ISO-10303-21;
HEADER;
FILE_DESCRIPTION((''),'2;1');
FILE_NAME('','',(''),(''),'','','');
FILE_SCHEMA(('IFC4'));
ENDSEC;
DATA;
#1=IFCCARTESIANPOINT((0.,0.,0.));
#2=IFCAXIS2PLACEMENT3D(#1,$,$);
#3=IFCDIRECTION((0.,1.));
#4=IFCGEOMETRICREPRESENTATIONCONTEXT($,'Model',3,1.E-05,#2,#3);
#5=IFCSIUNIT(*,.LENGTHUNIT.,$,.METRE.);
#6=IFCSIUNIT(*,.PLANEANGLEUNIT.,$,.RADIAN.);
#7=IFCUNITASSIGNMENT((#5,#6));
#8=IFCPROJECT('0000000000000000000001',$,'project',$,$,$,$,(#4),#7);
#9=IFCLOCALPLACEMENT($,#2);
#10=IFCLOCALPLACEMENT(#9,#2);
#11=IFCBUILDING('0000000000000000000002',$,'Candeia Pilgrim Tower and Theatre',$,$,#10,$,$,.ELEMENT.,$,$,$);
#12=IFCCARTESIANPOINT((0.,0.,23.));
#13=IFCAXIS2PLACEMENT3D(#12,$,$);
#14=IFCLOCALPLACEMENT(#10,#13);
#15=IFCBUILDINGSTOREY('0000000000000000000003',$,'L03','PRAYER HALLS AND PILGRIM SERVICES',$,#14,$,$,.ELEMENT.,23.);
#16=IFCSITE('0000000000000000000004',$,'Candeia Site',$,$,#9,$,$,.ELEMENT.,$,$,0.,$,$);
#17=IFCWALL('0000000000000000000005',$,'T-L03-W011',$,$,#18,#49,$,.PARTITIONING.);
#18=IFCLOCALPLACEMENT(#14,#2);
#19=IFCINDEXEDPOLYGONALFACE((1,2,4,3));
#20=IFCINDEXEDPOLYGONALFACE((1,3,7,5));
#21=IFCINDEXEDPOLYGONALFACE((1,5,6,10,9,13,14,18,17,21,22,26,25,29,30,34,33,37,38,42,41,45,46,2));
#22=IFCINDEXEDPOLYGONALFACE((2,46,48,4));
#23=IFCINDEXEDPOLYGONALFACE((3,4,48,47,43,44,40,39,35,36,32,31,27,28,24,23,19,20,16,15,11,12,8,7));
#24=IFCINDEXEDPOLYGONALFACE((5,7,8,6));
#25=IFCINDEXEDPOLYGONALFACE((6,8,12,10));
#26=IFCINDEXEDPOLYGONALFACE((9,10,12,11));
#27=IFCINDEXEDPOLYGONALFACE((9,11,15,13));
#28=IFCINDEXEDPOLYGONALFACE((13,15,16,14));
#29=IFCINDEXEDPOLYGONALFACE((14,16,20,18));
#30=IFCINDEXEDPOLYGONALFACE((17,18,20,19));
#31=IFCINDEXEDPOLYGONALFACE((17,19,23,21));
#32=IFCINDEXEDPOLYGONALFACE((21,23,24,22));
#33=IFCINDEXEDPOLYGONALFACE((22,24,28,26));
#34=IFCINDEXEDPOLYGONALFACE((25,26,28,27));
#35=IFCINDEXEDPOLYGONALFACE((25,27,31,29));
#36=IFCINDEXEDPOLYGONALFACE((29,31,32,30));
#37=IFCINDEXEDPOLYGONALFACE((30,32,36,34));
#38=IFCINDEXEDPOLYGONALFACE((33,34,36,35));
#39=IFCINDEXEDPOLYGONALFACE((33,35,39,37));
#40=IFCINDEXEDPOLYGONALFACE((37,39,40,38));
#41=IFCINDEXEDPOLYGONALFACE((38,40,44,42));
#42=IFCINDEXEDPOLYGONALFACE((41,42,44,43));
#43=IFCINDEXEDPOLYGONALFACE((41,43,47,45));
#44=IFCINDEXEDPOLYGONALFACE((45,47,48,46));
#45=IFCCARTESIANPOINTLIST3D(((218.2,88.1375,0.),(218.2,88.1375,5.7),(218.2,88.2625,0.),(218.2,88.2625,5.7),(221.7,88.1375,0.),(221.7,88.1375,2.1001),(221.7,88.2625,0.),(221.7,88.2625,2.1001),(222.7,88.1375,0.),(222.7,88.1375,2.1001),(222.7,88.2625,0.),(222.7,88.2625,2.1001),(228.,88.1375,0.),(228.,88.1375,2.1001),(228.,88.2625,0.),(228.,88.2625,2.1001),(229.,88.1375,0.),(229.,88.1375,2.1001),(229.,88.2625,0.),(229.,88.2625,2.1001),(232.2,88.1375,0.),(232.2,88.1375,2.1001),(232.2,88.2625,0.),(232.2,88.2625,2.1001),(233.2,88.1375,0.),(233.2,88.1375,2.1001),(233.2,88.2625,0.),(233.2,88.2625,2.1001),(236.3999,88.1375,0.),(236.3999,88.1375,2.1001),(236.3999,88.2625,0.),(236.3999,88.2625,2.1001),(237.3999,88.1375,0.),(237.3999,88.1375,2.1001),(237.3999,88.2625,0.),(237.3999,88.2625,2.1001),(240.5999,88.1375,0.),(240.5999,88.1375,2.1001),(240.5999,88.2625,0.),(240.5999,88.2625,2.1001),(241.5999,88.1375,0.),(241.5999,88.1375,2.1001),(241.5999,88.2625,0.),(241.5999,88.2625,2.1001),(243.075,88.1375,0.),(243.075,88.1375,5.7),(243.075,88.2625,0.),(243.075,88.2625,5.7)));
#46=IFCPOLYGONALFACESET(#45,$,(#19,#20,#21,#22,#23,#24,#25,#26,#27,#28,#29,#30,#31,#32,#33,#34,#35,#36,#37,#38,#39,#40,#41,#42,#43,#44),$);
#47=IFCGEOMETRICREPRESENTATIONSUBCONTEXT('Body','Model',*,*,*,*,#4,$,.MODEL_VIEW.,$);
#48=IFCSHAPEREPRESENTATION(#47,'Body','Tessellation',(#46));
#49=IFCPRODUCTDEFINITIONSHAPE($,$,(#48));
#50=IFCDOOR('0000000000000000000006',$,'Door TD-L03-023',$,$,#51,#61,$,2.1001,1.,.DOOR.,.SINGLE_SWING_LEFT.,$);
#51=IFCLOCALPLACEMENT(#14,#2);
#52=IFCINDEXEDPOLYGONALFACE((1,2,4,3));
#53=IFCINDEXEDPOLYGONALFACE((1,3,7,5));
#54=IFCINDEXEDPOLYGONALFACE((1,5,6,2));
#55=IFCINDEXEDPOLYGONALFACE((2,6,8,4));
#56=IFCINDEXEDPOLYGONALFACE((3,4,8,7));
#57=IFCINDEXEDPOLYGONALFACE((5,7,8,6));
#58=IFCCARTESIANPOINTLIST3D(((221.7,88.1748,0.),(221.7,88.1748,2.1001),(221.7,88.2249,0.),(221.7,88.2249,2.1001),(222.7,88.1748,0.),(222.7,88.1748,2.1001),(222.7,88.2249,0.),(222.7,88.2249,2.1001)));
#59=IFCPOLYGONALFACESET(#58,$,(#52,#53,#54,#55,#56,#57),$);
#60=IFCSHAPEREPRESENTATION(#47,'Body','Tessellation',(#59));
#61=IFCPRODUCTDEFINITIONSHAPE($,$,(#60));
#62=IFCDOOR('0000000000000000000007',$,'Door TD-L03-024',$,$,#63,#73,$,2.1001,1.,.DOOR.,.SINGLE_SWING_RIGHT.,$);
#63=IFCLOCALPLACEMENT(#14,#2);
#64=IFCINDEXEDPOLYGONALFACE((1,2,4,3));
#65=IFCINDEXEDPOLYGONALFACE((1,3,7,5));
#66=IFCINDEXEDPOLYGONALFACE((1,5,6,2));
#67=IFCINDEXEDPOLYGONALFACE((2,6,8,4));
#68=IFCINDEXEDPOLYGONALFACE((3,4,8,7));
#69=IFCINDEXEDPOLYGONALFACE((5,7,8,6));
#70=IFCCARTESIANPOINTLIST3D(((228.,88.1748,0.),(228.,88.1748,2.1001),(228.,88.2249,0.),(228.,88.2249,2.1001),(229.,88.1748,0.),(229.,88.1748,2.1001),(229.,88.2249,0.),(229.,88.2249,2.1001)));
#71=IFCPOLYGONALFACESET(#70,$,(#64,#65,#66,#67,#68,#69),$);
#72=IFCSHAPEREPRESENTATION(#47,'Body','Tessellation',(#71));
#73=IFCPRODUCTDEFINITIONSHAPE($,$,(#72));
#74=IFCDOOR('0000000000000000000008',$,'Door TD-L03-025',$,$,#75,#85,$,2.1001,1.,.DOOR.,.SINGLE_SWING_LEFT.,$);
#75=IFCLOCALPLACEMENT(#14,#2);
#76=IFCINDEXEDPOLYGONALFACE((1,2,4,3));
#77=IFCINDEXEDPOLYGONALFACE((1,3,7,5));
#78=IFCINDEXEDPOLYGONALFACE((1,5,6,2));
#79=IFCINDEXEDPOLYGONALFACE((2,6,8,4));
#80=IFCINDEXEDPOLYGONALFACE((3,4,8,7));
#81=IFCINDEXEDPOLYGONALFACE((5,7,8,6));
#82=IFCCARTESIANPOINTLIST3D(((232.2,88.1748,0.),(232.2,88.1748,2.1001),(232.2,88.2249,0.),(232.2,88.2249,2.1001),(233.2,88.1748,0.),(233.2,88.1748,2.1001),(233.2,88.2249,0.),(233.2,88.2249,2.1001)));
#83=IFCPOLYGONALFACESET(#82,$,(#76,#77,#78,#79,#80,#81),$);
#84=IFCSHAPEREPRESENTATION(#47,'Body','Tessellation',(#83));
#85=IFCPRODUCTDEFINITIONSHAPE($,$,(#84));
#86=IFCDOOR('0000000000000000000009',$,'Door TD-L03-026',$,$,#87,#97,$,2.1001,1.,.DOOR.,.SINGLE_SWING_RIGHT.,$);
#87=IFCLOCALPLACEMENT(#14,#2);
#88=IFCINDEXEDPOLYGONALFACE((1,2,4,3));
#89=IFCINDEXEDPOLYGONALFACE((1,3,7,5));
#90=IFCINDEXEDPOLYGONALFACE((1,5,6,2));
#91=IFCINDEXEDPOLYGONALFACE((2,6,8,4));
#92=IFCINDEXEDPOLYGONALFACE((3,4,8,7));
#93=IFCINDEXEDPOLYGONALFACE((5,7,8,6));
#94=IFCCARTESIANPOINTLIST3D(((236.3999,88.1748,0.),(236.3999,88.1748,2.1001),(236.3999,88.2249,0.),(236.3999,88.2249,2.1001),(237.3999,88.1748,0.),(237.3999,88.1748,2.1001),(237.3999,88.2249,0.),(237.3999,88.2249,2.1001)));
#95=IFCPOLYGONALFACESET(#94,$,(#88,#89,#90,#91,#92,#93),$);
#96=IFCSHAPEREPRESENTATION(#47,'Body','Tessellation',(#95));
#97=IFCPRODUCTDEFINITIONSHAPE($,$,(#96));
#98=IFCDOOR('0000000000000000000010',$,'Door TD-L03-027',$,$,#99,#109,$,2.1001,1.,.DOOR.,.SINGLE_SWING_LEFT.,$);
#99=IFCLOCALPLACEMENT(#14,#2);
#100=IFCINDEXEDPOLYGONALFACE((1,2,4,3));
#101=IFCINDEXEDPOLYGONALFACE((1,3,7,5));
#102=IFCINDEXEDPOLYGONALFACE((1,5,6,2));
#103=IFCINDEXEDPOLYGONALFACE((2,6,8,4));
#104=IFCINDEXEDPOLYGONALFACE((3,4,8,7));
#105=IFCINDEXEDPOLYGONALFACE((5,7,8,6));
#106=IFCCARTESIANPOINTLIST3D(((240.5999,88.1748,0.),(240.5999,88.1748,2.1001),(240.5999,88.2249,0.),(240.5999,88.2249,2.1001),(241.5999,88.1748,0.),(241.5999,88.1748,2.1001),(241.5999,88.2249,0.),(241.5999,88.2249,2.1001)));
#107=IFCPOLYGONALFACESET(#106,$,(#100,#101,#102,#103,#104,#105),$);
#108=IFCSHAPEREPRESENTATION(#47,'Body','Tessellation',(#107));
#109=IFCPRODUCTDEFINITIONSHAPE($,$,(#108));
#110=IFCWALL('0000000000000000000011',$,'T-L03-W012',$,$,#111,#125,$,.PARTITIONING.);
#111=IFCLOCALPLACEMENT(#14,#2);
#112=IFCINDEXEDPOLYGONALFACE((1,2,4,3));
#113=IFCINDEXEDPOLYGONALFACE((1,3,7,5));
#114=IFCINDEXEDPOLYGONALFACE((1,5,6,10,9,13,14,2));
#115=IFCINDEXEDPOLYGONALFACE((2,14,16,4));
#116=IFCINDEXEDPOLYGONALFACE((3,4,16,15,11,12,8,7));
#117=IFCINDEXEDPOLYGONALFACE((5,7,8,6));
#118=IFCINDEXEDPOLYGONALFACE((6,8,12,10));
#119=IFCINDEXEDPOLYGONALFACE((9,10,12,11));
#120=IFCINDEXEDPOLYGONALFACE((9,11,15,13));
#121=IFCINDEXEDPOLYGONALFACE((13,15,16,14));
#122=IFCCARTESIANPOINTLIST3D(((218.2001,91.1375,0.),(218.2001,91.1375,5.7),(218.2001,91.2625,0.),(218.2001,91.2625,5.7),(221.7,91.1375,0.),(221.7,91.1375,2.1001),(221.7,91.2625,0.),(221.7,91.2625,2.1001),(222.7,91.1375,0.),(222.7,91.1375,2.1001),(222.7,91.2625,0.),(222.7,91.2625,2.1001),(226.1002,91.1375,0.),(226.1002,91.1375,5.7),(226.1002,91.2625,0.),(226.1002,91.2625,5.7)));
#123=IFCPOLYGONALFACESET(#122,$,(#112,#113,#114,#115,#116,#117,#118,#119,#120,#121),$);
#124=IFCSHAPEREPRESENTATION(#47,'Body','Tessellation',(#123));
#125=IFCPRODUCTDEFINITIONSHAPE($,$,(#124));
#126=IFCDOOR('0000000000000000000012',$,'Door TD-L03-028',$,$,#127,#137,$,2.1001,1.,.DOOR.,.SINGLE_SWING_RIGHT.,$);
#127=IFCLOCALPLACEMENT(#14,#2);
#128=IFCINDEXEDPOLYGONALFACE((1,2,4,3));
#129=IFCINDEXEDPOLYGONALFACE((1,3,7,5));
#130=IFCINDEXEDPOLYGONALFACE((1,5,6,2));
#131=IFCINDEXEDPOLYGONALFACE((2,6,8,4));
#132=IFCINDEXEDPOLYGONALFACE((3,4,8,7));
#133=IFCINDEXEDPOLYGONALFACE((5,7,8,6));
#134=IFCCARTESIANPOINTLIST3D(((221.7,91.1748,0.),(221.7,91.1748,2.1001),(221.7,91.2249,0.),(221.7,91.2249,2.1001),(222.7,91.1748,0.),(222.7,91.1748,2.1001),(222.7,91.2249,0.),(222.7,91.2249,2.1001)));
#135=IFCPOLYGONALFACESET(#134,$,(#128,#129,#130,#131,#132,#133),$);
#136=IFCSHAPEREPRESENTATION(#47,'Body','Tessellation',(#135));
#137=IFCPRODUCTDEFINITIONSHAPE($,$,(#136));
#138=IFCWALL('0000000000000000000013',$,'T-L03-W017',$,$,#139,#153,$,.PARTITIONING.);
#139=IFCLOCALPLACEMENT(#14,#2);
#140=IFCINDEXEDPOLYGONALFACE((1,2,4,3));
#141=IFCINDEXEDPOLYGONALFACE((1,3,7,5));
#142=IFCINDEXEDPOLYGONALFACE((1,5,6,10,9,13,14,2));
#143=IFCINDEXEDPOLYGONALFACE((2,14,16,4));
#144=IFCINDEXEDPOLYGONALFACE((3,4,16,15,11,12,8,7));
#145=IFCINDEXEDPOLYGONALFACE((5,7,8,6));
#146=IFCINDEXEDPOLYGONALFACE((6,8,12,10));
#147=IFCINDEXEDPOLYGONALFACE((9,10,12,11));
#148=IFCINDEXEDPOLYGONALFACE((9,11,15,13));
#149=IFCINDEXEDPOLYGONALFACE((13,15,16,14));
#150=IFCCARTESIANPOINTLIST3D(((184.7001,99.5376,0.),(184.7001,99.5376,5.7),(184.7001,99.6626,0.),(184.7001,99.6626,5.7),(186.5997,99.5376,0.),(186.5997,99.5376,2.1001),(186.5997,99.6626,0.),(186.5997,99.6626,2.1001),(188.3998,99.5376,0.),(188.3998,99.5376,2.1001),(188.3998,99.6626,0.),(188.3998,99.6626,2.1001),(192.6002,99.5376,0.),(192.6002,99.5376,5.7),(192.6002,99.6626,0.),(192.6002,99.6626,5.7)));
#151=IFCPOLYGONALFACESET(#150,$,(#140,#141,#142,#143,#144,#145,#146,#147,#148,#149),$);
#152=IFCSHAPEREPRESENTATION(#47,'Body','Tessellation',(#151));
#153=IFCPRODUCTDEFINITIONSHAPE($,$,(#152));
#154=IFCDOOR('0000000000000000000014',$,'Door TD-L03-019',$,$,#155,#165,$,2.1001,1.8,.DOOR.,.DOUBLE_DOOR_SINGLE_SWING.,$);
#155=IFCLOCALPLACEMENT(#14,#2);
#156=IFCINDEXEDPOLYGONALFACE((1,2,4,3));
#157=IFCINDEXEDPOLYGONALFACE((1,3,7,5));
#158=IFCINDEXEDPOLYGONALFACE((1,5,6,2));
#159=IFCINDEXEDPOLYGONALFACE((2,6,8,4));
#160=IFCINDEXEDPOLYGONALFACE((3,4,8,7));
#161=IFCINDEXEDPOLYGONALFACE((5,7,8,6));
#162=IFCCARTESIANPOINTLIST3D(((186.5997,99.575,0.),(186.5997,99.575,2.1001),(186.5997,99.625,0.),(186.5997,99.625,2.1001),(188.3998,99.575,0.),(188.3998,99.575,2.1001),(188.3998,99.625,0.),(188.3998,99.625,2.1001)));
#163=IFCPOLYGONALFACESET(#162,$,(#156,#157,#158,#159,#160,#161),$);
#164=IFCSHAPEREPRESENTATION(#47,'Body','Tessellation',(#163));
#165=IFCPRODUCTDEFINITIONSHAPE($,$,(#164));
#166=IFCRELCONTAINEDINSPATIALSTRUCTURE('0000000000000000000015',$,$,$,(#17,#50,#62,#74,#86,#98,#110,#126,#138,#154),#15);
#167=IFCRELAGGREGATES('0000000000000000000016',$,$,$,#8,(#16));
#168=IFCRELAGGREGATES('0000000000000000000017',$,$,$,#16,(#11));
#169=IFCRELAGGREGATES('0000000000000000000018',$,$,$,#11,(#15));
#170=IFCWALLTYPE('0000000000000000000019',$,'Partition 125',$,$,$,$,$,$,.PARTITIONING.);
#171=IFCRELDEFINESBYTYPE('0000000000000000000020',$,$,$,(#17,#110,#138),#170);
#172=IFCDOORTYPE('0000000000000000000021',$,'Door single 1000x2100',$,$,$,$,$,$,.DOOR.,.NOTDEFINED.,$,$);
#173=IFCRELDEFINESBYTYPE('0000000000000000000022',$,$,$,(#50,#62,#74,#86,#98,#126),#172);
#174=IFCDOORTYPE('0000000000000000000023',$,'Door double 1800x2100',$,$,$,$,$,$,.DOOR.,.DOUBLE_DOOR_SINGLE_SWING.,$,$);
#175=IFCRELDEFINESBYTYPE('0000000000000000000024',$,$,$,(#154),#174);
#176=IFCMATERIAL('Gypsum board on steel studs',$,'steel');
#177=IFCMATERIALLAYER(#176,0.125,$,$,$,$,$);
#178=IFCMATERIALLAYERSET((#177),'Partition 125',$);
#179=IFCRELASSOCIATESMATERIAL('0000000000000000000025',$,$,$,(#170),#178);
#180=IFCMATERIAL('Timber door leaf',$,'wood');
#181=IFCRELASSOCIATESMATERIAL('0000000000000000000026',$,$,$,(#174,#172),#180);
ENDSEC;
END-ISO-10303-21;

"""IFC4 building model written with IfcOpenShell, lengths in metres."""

from ifc_helpers import new_model, si_unit, direction, frame, frame_2d, origin, place, context, subcontext, project, spatial, rectangle, extrude, material, layer, layer_set, type_object, element, fill, save


model = new_model("IFC4")

# Units and contexts
model_context = context("Model", 3, precision=1e-05, world=origin(), true_north=direction((0.0, 1.0)))
body_context = subcontext(model_context, "Body", "Model", "MODEL_VIEW")
ifc_project = project(units=[si_unit("LENGTHUNIT", "METRE"), si_unit("PLANEANGLEUNIT", "RADIAN")], contexts=[model_context])

# Site, building, storey
site_placement = place(None, origin())
site = spatial("IfcSite", under=ifc_project, at=site_placement, Name="Candeia Site", CompositionType="ELEMENT", RefElevation=0.0)
building_placement = place(site_placement, origin())
building = spatial("IfcBuilding", under=site, at=building_placement, Name="Candeia Pilgrim Tower and Theatre", CompositionType="ELEMENT")
storey_placement = place(building_placement, frame((0.0, 0.0, 23.0)))
storey = spatial("IfcBuildingStorey", under=building, at=storey_placement, Name="L03", Description="PRAYER HALLS AND PILGRIM SERVICES", CompositionType="ELEMENT", Elevation=23.0)

# Shared definitions
ifc_material_1 = material(Name="Gypsum board on steel studs", Category="steel")
ifc_layer_1 = layer(ifc_material_1, 0.125)
ifc_layer_set_1 = layer_set([ifc_layer_1], Name="Partition 125")
wall_type_1 = type_object("IfcWallType", Name="Partition 125", PredefinedType="PARTITIONING", material=ifc_layer_set_1)

# Shared definitions
ifc_material_2 = material(Name="Timber door leaf", Category="wood")
door_type_1 = type_object("IfcDoorType", Name="Door double 1800x2100", OperationType="DOUBLE_DOOR_SINGLE_SWING", PredefinedType="DOOR", material=ifc_material_2)
door_type_2 = type_object("IfcDoorType", Name="Door single 1000x2100", OperationType="NOTDEFINED", PredefinedType="DOOR", material=ifc_material_2)

# Wall, openings, doors
wall_1_placement = place(storey_placement, frame((218.2, 88.2, 0.0), z_axis=(0.0, 0.0, 1.0), x_axis=(1.0, 0.0, 0.0)))
wall_1 = element("IfcWall", 1, at=wall_1_placement, inside=storey, type_object=wall_type_1, Name="T-L03-W011", PredefinedType="PARTITIONING", context=body_context, shape_type="SweptSolid", body=[
    extrude(rectangle(XDim=24.875, YDim=0.125, at=frame_2d((12.4375, 0.0))), origin(), (0.0, 0.0, 1.0), 5.7),
])
opening_1_placement = place(wall_1_placement, frame((3.5, 0.0, 0.0)))
opening_1 = element("IfcOpeningElement", 2, at=opening_1_placement, cuts=wall_1, PredefinedType="OPENING", context=body_context, shape_type="SweptSolid", body=[
    extrude(rectangle(XDim=1.0, YDim=2.1001, at=frame_2d((0.5, 1.05))), frame((0.0, 0.0725, 0.0), z_axis=(0.0, -1.0, 0.0), x_axis=(1.0, 0.0, 0.0)), (0.0, 0.0, 1.0), 0.145),
])
opening_2_placement = place(wall_1_placement, frame((9.8, 0.0, 0.0)))
opening_2 = element("IfcOpeningElement", 3, at=opening_2_placement, cuts=wall_1, PredefinedType="OPENING", context=body_context, shape_type="SweptSolid", body=[
    extrude(rectangle(XDim=1.0, YDim=2.1001, at=frame_2d((0.5, 1.05))), frame((0.0, 0.0725, 0.0), z_axis=(0.0, -1.0, 0.0), x_axis=(1.0, 0.0, 0.0)), (0.0, 0.0, 1.0), 0.145),
])
opening_3_placement = place(wall_1_placement, frame((14.0, 0.0, 0.0)))
opening_3 = element("IfcOpeningElement", 4, at=opening_3_placement, cuts=wall_1, PredefinedType="OPENING", context=body_context, shape_type="SweptSolid", body=[
    extrude(rectangle(XDim=1.0, YDim=2.1001, at=frame_2d((0.5, 1.05))), frame((0.0, 0.0725, 0.0), z_axis=(0.0, -1.0, 0.0), x_axis=(1.0, 0.0, 0.0)), (0.0, 0.0, 1.0), 0.145),
])
opening_4_placement = place(wall_1_placement, frame((18.2, 0.0, 0.0)))
opening_4 = element("IfcOpeningElement", 5, at=opening_4_placement, cuts=wall_1, PredefinedType="OPENING", context=body_context, shape_type="SweptSolid", body=[
    extrude(rectangle(XDim=1.0, YDim=2.1001, at=frame_2d((0.5, 1.05))), frame((0.0, 0.0725, 0.0), z_axis=(0.0, -1.0, 0.0), x_axis=(1.0, 0.0, 0.0)), (0.0, 0.0, 1.0), 0.145),
])
opening_5_placement = place(wall_1_placement, frame((22.3999, 0.0, 0.0)))
opening_5 = element("IfcOpeningElement", 6, at=opening_5_placement, cuts=wall_1, PredefinedType="OPENING", context=body_context, shape_type="SweptSolid", body=[
    extrude(rectangle(XDim=1.0, YDim=2.1001, at=frame_2d((0.5, 1.05))), frame((0.0, 0.0725, 0.0), z_axis=(0.0, -1.0, 0.0), x_axis=(1.0, 0.0, 0.0)), (0.0, 0.0, 1.0), 0.145),
])
door_1_placement = place(opening_1_placement, origin())
door_1 = element("IfcDoor", 7, at=door_1_placement, inside=storey, type_object=door_type_2, Name="Door TD-L03-023", OperationType="SINGLE_SWING_LEFT", OverallHeight=2.1001, OverallWidth=1.0, PredefinedType="DOOR", context=body_context, shape_type="SweptSolid", body=[
    extrude(rectangle(XDim=1.0, YDim=2.1001, at=frame_2d((0.5, 1.05))), frame((0.0, 0.0249, 0.0), z_axis=(0.0, -1.0, 0.0), x_axis=(1.0, 0.0, 0.0)), (0.0, 0.0, 1.0), 0.05),
])
fill(opening_1, door_1)
door_2_placement = place(opening_2_placement, origin())
door_2 = element("IfcDoor", 8, at=door_2_placement, inside=storey, type_object=door_type_2, Name="Door TD-L03-024", OperationType="SINGLE_SWING_RIGHT", OverallHeight=2.1001, OverallWidth=1.0, PredefinedType="DOOR", context=body_context, shape_type="SweptSolid", body=[
    extrude(rectangle(XDim=1.0, YDim=2.1001, at=frame_2d((0.5, 1.05))), frame((0.0, 0.0249, 0.0), z_axis=(0.0, -1.0, 0.0), x_axis=(1.0, 0.0, 0.0)), (0.0, 0.0, 1.0), 0.05),
])
fill(opening_2, door_2)
door_3_placement = place(opening_3_placement, origin())
door_3 = element("IfcDoor", 9, at=door_3_placement, inside=storey, type_object=door_type_2, Name="Door TD-L03-025", OperationType="SINGLE_SWING_LEFT", OverallHeight=2.1001, OverallWidth=1.0, PredefinedType="DOOR", context=body_context, shape_type="SweptSolid", body=[
    extrude(rectangle(XDim=1.0, YDim=2.1001, at=frame_2d((0.5, 1.05))), frame((0.0, 0.0249, 0.0), z_axis=(0.0, -1.0, 0.0), x_axis=(1.0, 0.0, 0.0)), (0.0, 0.0, 1.0), 0.05),
])
fill(opening_3, door_3)
door_4_placement = place(opening_4_placement, origin())
door_4 = element("IfcDoor", 10, at=door_4_placement, inside=storey, type_object=door_type_2, Name="Door TD-L03-026", OperationType="SINGLE_SWING_RIGHT", OverallHeight=2.1001, OverallWidth=1.0, PredefinedType="DOOR", context=body_context, shape_type="SweptSolid", body=[
    extrude(rectangle(XDim=1.0, YDim=2.1001, at=frame_2d((0.5, 1.05))), frame((0.0, 0.0249, 0.0), z_axis=(0.0, -1.0, 0.0), x_axis=(1.0, 0.0, 0.0)), (0.0, 0.0, 1.0), 0.05),
])
fill(opening_4, door_4)
door_5_placement = place(opening_5_placement, origin())
door_5 = element("IfcDoor", 11, at=door_5_placement, inside=storey, type_object=door_type_2, Name="Door TD-L03-027", OperationType="SINGLE_SWING_LEFT", OverallHeight=2.1001, OverallWidth=1.0, PredefinedType="DOOR", context=body_context, shape_type="SweptSolid", body=[
    extrude(rectangle(XDim=1.0, YDim=2.1001, at=frame_2d((0.5, 1.05))), frame((0.0, 0.0249, 0.0), z_axis=(0.0, -1.0, 0.0), x_axis=(1.0, 0.0, 0.0)), (0.0, 0.0, 1.0), 0.05),
])
fill(opening_5, door_5)

# Walls, openings, doors
wall_2_placement = place(storey_placement, frame((218.2, 91.2, 0.0), z_axis=(0.0, 0.0, 1.0), x_axis=(1.0, 0.0, 0.0)))
wall_2 = element("IfcWall", 12, at=wall_2_placement, inside=storey, type_object=wall_type_1, Name="T-L03-W012", PredefinedType="PARTITIONING", context=body_context, shape_type="SweptSolid", body=[
    extrude(rectangle(XDim=7.9001, YDim=0.125, at=frame_2d((3.9502, 0.0))), origin(), (0.0, 0.0, 1.0), 5.7),
])
opening_6_placement = place(wall_2_placement, frame((3.5, 0.0, 0.0)))
opening_6 = element("IfcOpeningElement", 13, at=opening_6_placement, cuts=wall_2, PredefinedType="OPENING", context=body_context, shape_type="SweptSolid", body=[
    extrude(rectangle(XDim=1.0, YDim=2.1001, at=frame_2d((0.5, 1.05))), frame((0.0, 0.0725, 0.0), z_axis=(0.0, -1.0, 0.0), x_axis=(1.0, 0.0, 0.0)), (0.0, 0.0, 1.0), 0.145),
])
door_6_placement = place(opening_6_placement, origin())
door_6 = element("IfcDoor", 14, at=door_6_placement, inside=storey, type_object=door_type_2, Name="Door TD-L03-028", OperationType="SINGLE_SWING_RIGHT", OverallHeight=2.1001, OverallWidth=1.0, PredefinedType="DOOR", context=body_context, shape_type="SweptSolid", body=[
    extrude(rectangle(XDim=1.0, YDim=2.1001, at=frame_2d((0.5, 1.05))), frame((0.0, 0.0249, 0.0), z_axis=(0.0, -1.0, 0.0), x_axis=(1.0, 0.0, 0.0)), (0.0, 0.0, 1.0), 0.05),
])
fill(opening_6, door_6)
wall_3_placement = place(storey_placement, frame((184.7, 99.6001, 0.0), z_axis=(0.0, 0.0, 1.0), x_axis=(1.0, 0.0, 0.0)))
wall_3 = element("IfcWall", 15, at=wall_3_placement, inside=storey, type_object=wall_type_1, Name="T-L03-W017", PredefinedType="PARTITIONING", context=body_context, shape_type="SweptSolid", body=[
    extrude(rectangle(XDim=7.9001, YDim=0.125, at=frame_2d((3.9502, 0.0))), origin(), (0.0, 0.0, 1.0), 5.7),
])
opening_7_placement = place(wall_3_placement, frame((1.8999, 0.0, 0.0)))
opening_7 = element("IfcOpeningElement", 16, at=opening_7_placement, cuts=wall_3, PredefinedType="OPENING", context=body_context, shape_type="SweptSolid", body=[
    extrude(rectangle(XDim=1.8, YDim=2.1001, at=frame_2d((0.8999, 1.05))), frame((0.0, 0.0725, 0.0), z_axis=(0.0, -1.0, 0.0), x_axis=(1.0, 0.0, 0.0)), (0.0, 0.0, 1.0), 0.145),
])
door_7_placement = place(opening_7_placement, origin())
door_7 = element("IfcDoor", 17, at=door_7_placement, inside=storey, type_object=door_type_1, Name="Door TD-L03-019", OperationType="DOUBLE_DOOR_SINGLE_SWING", OverallHeight=2.1001, OverallWidth=1.8, PredefinedType="DOOR", context=body_context, shape_type="SweptSolid", body=[
    extrude(rectangle(XDim=1.8, YDim=2.1001, at=frame_2d((0.8999, 1.05))), frame((0.0, 0.0249, 0.0), z_axis=(0.0, -1.0, 0.0), x_axis=(1.0, 0.0, 0.0)), (0.0, 0.0, 1.0), 0.05),
])
fill(opening_7, door_7)

save(model, "model.ifc")
